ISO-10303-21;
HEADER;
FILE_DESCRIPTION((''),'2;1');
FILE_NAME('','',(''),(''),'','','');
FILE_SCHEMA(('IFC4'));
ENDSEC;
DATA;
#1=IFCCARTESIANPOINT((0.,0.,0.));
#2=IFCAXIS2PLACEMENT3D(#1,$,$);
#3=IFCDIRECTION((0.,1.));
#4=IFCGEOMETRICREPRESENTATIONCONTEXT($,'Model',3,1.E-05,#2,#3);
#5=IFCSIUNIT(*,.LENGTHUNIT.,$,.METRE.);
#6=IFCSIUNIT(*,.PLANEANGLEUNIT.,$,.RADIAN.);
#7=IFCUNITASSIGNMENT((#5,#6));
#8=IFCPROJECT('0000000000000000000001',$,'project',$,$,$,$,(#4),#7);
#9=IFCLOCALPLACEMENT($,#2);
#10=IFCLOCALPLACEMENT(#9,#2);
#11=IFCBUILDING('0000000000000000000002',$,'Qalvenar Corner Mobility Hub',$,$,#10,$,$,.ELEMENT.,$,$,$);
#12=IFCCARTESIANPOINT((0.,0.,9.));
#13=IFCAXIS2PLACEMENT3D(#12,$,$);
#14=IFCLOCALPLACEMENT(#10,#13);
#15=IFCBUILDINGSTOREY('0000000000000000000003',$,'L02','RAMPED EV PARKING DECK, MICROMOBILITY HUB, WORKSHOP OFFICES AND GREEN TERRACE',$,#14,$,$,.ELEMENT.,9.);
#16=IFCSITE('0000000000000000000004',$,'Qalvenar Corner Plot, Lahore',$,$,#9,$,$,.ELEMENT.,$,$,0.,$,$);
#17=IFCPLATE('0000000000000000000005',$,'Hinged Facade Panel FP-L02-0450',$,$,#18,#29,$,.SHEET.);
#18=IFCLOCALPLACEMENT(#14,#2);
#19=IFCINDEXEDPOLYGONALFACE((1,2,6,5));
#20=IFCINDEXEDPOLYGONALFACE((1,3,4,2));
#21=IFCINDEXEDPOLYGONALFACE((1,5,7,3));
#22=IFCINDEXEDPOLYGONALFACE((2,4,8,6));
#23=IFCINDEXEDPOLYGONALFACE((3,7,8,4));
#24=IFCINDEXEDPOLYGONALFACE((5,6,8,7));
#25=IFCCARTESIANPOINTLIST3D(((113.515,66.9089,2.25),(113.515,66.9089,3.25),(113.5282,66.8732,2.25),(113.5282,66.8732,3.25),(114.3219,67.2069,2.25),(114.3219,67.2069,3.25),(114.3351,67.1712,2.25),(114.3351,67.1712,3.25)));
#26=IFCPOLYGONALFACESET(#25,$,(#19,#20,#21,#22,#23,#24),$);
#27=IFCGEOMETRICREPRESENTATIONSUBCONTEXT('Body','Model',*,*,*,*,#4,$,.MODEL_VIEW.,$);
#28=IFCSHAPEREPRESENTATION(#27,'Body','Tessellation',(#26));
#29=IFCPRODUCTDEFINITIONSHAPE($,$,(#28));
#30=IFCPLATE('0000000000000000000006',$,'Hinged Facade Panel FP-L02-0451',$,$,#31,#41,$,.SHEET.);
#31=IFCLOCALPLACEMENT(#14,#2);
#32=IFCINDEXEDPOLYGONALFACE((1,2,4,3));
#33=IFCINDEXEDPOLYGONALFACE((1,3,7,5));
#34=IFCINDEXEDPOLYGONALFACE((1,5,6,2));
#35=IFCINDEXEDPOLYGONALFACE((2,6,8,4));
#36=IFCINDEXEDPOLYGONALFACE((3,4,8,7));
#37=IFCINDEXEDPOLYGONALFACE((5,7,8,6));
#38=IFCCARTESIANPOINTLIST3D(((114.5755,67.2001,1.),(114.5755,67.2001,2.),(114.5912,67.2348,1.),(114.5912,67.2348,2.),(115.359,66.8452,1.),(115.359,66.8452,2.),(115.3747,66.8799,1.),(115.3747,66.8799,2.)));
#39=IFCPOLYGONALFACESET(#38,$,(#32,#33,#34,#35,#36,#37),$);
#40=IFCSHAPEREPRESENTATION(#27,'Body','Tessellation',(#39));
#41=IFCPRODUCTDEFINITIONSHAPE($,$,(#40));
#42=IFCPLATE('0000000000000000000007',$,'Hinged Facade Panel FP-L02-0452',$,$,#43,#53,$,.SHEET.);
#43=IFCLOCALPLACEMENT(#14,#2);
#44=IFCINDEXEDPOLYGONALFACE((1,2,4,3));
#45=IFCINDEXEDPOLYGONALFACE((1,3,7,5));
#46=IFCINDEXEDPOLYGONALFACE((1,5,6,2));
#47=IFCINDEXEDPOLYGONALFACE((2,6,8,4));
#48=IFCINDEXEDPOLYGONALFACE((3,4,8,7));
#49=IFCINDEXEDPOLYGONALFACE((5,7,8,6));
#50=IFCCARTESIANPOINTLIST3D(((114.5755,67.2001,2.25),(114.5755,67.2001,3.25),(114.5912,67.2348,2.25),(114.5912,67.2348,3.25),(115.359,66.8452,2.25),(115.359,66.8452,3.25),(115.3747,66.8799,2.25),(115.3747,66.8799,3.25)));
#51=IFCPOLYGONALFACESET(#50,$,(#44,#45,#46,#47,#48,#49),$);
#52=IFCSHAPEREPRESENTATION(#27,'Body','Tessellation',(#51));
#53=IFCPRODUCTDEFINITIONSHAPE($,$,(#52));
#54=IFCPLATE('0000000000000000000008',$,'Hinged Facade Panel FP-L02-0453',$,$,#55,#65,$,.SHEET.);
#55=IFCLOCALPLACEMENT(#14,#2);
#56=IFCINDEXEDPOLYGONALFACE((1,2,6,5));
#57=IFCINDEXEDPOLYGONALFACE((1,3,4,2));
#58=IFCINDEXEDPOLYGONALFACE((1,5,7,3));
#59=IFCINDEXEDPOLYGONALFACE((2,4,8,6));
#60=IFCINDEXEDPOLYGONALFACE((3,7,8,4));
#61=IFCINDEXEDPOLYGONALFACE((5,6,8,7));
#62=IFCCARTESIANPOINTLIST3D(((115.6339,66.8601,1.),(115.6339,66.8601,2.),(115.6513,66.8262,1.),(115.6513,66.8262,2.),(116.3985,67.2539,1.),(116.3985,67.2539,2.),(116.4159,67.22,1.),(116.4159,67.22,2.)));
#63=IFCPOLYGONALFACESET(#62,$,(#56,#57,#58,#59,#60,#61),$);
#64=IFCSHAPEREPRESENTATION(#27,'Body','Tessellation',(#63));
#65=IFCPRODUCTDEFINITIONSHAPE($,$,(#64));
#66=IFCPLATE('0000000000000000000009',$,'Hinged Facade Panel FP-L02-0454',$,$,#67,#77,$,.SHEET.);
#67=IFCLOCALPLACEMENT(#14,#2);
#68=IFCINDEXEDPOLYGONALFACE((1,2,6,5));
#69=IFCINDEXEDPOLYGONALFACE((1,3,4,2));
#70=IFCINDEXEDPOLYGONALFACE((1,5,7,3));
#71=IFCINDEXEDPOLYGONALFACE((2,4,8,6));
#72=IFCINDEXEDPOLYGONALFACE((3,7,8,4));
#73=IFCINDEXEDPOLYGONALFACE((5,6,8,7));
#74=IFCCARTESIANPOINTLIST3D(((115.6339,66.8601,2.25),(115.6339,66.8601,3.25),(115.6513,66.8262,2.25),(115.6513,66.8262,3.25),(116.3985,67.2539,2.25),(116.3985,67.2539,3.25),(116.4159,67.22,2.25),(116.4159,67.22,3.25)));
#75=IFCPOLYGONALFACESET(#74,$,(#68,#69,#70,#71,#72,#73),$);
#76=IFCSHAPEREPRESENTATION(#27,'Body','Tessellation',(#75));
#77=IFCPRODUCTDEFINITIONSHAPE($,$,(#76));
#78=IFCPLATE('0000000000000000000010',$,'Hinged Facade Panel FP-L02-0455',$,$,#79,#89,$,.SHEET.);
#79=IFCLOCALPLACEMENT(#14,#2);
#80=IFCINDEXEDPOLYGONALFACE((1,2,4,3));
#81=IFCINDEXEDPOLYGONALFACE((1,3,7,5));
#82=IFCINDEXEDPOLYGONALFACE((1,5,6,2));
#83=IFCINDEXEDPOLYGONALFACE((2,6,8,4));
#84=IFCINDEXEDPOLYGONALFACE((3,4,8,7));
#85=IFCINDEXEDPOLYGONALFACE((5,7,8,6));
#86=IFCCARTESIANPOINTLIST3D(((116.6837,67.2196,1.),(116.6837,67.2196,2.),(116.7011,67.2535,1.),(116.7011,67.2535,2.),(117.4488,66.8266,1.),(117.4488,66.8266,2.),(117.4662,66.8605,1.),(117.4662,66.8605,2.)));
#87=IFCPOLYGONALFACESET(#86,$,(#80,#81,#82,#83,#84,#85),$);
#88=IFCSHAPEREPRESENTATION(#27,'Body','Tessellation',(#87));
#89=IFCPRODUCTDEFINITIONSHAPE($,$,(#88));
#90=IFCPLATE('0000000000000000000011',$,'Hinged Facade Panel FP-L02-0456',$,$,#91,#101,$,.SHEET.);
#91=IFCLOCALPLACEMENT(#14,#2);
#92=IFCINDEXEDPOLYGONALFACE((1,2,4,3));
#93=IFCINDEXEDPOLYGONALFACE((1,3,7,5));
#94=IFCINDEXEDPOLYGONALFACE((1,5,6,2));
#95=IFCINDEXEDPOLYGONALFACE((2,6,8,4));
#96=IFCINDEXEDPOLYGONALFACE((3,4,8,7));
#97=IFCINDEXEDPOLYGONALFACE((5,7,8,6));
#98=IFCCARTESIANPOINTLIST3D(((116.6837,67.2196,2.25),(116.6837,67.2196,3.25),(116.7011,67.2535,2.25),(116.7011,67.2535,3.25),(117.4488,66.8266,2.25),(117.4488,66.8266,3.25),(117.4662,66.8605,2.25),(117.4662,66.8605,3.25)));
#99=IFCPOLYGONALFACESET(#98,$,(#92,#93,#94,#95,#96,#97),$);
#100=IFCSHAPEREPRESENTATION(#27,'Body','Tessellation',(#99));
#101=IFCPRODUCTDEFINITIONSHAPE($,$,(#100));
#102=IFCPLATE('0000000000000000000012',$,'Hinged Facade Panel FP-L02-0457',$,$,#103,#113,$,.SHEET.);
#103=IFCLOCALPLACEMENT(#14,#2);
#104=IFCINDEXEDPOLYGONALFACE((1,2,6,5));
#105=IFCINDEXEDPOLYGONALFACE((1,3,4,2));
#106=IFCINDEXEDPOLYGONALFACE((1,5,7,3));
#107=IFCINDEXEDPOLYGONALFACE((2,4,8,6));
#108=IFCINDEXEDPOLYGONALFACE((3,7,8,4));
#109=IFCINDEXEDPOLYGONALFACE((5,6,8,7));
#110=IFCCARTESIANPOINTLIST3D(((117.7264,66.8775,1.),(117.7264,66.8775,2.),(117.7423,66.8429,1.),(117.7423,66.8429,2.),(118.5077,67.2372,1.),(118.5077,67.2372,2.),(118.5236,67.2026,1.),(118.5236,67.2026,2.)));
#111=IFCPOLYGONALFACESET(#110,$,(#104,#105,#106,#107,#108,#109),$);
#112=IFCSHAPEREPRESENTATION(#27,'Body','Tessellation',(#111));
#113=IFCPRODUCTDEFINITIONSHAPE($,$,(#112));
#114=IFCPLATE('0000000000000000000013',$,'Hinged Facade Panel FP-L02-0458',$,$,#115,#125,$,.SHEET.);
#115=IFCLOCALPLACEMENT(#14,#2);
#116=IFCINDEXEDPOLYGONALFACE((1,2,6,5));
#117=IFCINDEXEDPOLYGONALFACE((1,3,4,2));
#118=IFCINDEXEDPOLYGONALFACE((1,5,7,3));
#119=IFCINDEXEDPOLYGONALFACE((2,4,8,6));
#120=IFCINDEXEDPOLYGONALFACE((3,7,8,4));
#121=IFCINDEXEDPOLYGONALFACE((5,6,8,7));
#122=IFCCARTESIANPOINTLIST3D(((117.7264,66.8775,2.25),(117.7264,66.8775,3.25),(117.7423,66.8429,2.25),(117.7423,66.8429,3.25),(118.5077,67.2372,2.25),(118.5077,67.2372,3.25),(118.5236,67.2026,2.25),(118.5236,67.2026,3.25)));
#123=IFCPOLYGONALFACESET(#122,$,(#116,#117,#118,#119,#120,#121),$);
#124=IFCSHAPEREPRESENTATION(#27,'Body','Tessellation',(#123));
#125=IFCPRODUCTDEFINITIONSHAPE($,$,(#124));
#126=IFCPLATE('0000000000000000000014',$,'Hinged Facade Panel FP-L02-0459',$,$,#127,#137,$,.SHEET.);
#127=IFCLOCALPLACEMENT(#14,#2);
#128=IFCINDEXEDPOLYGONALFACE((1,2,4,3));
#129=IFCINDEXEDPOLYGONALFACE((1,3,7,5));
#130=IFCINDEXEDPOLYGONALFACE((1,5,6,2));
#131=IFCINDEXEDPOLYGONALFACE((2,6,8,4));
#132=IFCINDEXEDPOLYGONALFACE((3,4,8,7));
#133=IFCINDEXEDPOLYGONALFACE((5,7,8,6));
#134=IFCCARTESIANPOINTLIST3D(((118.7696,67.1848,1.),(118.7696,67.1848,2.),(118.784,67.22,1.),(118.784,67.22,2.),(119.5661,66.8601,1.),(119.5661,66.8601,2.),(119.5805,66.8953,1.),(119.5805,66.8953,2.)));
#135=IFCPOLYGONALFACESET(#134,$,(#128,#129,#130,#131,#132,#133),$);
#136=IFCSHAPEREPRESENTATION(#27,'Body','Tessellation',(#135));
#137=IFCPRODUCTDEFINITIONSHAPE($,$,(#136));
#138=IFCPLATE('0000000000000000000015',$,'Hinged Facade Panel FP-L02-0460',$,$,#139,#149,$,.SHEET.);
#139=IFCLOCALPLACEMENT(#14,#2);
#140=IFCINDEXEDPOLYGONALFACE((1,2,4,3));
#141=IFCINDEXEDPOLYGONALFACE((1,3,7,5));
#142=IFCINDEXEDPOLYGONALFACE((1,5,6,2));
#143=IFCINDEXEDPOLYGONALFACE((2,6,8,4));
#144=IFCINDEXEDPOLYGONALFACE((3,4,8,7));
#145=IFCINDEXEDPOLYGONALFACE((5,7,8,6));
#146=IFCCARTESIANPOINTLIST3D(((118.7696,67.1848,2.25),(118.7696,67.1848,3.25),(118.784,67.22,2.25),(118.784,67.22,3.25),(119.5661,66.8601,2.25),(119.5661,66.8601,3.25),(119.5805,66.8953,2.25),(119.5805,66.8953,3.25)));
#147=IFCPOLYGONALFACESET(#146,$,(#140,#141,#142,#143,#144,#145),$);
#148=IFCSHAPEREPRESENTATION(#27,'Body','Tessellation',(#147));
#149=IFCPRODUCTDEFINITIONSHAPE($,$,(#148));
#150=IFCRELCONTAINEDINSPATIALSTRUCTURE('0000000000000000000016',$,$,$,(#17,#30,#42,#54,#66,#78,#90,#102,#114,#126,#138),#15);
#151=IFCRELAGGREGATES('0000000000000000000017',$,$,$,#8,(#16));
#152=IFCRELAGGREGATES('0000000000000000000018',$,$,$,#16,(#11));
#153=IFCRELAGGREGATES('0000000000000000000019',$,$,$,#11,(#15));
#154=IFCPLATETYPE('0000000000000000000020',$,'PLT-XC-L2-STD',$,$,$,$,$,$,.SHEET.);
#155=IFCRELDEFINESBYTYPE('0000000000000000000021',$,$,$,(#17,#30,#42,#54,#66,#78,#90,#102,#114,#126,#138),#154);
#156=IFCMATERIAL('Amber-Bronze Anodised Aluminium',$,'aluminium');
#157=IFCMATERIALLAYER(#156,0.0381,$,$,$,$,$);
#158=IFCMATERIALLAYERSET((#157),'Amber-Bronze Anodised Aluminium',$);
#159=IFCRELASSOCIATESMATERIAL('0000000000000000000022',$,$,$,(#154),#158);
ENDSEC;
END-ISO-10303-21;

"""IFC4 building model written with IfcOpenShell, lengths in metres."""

from ifc_helpers import new_model, si_unit, direction, frame, origin, origin_2d, place, context, subcontext, project, spatial, rectangle, extrude, material, layer, layer_set, type_object, element, save


model = new_model("IFC4")

# Units and contexts
model_context = context("Model", 3, precision=1e-05, world=origin(), true_north=direction((0.0, 1.0)))
body_context = subcontext(model_context, "Body", "Model", "MODEL_VIEW")
ifc_project = project(units=[si_unit("LENGTHUNIT", "METRE"), si_unit("PLANEANGLEUNIT", "RADIAN")], contexts=[model_context])

# Site, building, storey
site_placement = place(None, origin())
site = spatial("IfcSite", under=ifc_project, at=site_placement, Name="Qalvenar Corner Plot, Lahore", CompositionType="ELEMENT", RefElevation=0.0)
building_placement = place(site_placement, origin())
building = spatial("IfcBuilding", under=site, at=building_placement, Name="Qalvenar Corner Mobility Hub", CompositionType="ELEMENT")
storey_placement = place(building_placement, frame((0.0, 0.0, 9.0)))
storey = spatial("IfcBuildingStorey", under=building, at=storey_placement, Name="L02", Description="RAMPED EV PARKING DECK, MICROMOBILITY HUB, WORKSHOP OFFICES AND GREEN TERRACE", CompositionType="ELEMENT", Elevation=9.0)

# Plates
ifc_material_1 = material(Name="Amber-Bronze Anodised Aluminium", Category="aluminium")
ifc_layer = layer(ifc_material_1, 0.0381)
ifc_layer_set = layer_set([ifc_layer], Name="Amber-Bronze Anodised Aluminium")
plate_type = type_object("IfcPlateType", Name="PLT-XC-L2-STD", PredefinedType="SHEET", material=ifc_layer_set)
for number, where, z_axis, x_axis, name in (
    (1, (113.925, 67.04, 2.25), (0.0, 0.0, 1.0), (0.93807, 0.346445, 0.0), "Hinged Facade Panel FP-L02-0450"),
    (2, (114.9751, 67.04, 1.0), (0.0, 0.0, 1.0), (0.9109, -0.412628, 0.0), "Hinged Facade Panel FP-L02-0451"),
    (3, (114.9751, 67.04, 2.25), (0.0, 0.0, 1.0), (0.9109, -0.412628, 0.0), "Hinged Facade Panel FP-L02-0452"),
    (4, (116.0249, 67.04, 1.0), (0.0, 0.0, 1.0), (0.889017, 0.457874, 0.0), "Hinged Facade Panel FP-L02-0453"),
    (5, (116.0249, 67.04, 2.25), (0.0, 0.0, 1.0), (0.889017, 0.457874, 0.0), "Hinged Facade Panel FP-L02-0454"),
    (6, (117.075, 67.04, 1.0), (0.0, 0.0, 1.0), (0.889496, -0.456943, 0.0), "Hinged Facade Panel FP-L02-0455"),
    (7, (117.075, 67.04, 2.25), (0.0, 0.0, 1.0), (0.889496, -0.456943, 0.0), "Hinged Facade Panel FP-L02-0456"),
    (8, (118.125, 67.04, 1.0), (0.0, 0.0, 1.0), (0.908362, 0.418184, 0.0), "Hinged Facade Panel FP-L02-0457"),
    (9, (118.125, 67.04, 2.25), (0.0, 0.0, 1.0), (0.908362, 0.418184, 0.0), "Hinged Facade Panel FP-L02-0458"),
    (10, (119.175, 67.04, 1.0), (0.0, 0.0, 1.0), (0.926002, -0.377518, 0.0), "Hinged Facade Panel FP-L02-0459"),
    (11, (119.175, 67.04, 2.25), (0.0, 0.0, 1.0), (0.926002, -0.377518, 0.0), "Hinged Facade Panel FP-L02-0460"),
):
    element("IfcPlate", number, at=place(storey_placement, frame(where, z_axis=z_axis, x_axis=x_axis)), inside=storey, type_object=plate_type, Name=name, PredefinedType="SHEET", context=body_context, shape_type="SweptSolid", body=[
        extrude(rectangle(XDim=0.8601, YDim=0.0381, at=origin_2d()), origin(), (0.0, 0.0, 1.0), 1.0),
    ])

save(model, "model.ifc")
